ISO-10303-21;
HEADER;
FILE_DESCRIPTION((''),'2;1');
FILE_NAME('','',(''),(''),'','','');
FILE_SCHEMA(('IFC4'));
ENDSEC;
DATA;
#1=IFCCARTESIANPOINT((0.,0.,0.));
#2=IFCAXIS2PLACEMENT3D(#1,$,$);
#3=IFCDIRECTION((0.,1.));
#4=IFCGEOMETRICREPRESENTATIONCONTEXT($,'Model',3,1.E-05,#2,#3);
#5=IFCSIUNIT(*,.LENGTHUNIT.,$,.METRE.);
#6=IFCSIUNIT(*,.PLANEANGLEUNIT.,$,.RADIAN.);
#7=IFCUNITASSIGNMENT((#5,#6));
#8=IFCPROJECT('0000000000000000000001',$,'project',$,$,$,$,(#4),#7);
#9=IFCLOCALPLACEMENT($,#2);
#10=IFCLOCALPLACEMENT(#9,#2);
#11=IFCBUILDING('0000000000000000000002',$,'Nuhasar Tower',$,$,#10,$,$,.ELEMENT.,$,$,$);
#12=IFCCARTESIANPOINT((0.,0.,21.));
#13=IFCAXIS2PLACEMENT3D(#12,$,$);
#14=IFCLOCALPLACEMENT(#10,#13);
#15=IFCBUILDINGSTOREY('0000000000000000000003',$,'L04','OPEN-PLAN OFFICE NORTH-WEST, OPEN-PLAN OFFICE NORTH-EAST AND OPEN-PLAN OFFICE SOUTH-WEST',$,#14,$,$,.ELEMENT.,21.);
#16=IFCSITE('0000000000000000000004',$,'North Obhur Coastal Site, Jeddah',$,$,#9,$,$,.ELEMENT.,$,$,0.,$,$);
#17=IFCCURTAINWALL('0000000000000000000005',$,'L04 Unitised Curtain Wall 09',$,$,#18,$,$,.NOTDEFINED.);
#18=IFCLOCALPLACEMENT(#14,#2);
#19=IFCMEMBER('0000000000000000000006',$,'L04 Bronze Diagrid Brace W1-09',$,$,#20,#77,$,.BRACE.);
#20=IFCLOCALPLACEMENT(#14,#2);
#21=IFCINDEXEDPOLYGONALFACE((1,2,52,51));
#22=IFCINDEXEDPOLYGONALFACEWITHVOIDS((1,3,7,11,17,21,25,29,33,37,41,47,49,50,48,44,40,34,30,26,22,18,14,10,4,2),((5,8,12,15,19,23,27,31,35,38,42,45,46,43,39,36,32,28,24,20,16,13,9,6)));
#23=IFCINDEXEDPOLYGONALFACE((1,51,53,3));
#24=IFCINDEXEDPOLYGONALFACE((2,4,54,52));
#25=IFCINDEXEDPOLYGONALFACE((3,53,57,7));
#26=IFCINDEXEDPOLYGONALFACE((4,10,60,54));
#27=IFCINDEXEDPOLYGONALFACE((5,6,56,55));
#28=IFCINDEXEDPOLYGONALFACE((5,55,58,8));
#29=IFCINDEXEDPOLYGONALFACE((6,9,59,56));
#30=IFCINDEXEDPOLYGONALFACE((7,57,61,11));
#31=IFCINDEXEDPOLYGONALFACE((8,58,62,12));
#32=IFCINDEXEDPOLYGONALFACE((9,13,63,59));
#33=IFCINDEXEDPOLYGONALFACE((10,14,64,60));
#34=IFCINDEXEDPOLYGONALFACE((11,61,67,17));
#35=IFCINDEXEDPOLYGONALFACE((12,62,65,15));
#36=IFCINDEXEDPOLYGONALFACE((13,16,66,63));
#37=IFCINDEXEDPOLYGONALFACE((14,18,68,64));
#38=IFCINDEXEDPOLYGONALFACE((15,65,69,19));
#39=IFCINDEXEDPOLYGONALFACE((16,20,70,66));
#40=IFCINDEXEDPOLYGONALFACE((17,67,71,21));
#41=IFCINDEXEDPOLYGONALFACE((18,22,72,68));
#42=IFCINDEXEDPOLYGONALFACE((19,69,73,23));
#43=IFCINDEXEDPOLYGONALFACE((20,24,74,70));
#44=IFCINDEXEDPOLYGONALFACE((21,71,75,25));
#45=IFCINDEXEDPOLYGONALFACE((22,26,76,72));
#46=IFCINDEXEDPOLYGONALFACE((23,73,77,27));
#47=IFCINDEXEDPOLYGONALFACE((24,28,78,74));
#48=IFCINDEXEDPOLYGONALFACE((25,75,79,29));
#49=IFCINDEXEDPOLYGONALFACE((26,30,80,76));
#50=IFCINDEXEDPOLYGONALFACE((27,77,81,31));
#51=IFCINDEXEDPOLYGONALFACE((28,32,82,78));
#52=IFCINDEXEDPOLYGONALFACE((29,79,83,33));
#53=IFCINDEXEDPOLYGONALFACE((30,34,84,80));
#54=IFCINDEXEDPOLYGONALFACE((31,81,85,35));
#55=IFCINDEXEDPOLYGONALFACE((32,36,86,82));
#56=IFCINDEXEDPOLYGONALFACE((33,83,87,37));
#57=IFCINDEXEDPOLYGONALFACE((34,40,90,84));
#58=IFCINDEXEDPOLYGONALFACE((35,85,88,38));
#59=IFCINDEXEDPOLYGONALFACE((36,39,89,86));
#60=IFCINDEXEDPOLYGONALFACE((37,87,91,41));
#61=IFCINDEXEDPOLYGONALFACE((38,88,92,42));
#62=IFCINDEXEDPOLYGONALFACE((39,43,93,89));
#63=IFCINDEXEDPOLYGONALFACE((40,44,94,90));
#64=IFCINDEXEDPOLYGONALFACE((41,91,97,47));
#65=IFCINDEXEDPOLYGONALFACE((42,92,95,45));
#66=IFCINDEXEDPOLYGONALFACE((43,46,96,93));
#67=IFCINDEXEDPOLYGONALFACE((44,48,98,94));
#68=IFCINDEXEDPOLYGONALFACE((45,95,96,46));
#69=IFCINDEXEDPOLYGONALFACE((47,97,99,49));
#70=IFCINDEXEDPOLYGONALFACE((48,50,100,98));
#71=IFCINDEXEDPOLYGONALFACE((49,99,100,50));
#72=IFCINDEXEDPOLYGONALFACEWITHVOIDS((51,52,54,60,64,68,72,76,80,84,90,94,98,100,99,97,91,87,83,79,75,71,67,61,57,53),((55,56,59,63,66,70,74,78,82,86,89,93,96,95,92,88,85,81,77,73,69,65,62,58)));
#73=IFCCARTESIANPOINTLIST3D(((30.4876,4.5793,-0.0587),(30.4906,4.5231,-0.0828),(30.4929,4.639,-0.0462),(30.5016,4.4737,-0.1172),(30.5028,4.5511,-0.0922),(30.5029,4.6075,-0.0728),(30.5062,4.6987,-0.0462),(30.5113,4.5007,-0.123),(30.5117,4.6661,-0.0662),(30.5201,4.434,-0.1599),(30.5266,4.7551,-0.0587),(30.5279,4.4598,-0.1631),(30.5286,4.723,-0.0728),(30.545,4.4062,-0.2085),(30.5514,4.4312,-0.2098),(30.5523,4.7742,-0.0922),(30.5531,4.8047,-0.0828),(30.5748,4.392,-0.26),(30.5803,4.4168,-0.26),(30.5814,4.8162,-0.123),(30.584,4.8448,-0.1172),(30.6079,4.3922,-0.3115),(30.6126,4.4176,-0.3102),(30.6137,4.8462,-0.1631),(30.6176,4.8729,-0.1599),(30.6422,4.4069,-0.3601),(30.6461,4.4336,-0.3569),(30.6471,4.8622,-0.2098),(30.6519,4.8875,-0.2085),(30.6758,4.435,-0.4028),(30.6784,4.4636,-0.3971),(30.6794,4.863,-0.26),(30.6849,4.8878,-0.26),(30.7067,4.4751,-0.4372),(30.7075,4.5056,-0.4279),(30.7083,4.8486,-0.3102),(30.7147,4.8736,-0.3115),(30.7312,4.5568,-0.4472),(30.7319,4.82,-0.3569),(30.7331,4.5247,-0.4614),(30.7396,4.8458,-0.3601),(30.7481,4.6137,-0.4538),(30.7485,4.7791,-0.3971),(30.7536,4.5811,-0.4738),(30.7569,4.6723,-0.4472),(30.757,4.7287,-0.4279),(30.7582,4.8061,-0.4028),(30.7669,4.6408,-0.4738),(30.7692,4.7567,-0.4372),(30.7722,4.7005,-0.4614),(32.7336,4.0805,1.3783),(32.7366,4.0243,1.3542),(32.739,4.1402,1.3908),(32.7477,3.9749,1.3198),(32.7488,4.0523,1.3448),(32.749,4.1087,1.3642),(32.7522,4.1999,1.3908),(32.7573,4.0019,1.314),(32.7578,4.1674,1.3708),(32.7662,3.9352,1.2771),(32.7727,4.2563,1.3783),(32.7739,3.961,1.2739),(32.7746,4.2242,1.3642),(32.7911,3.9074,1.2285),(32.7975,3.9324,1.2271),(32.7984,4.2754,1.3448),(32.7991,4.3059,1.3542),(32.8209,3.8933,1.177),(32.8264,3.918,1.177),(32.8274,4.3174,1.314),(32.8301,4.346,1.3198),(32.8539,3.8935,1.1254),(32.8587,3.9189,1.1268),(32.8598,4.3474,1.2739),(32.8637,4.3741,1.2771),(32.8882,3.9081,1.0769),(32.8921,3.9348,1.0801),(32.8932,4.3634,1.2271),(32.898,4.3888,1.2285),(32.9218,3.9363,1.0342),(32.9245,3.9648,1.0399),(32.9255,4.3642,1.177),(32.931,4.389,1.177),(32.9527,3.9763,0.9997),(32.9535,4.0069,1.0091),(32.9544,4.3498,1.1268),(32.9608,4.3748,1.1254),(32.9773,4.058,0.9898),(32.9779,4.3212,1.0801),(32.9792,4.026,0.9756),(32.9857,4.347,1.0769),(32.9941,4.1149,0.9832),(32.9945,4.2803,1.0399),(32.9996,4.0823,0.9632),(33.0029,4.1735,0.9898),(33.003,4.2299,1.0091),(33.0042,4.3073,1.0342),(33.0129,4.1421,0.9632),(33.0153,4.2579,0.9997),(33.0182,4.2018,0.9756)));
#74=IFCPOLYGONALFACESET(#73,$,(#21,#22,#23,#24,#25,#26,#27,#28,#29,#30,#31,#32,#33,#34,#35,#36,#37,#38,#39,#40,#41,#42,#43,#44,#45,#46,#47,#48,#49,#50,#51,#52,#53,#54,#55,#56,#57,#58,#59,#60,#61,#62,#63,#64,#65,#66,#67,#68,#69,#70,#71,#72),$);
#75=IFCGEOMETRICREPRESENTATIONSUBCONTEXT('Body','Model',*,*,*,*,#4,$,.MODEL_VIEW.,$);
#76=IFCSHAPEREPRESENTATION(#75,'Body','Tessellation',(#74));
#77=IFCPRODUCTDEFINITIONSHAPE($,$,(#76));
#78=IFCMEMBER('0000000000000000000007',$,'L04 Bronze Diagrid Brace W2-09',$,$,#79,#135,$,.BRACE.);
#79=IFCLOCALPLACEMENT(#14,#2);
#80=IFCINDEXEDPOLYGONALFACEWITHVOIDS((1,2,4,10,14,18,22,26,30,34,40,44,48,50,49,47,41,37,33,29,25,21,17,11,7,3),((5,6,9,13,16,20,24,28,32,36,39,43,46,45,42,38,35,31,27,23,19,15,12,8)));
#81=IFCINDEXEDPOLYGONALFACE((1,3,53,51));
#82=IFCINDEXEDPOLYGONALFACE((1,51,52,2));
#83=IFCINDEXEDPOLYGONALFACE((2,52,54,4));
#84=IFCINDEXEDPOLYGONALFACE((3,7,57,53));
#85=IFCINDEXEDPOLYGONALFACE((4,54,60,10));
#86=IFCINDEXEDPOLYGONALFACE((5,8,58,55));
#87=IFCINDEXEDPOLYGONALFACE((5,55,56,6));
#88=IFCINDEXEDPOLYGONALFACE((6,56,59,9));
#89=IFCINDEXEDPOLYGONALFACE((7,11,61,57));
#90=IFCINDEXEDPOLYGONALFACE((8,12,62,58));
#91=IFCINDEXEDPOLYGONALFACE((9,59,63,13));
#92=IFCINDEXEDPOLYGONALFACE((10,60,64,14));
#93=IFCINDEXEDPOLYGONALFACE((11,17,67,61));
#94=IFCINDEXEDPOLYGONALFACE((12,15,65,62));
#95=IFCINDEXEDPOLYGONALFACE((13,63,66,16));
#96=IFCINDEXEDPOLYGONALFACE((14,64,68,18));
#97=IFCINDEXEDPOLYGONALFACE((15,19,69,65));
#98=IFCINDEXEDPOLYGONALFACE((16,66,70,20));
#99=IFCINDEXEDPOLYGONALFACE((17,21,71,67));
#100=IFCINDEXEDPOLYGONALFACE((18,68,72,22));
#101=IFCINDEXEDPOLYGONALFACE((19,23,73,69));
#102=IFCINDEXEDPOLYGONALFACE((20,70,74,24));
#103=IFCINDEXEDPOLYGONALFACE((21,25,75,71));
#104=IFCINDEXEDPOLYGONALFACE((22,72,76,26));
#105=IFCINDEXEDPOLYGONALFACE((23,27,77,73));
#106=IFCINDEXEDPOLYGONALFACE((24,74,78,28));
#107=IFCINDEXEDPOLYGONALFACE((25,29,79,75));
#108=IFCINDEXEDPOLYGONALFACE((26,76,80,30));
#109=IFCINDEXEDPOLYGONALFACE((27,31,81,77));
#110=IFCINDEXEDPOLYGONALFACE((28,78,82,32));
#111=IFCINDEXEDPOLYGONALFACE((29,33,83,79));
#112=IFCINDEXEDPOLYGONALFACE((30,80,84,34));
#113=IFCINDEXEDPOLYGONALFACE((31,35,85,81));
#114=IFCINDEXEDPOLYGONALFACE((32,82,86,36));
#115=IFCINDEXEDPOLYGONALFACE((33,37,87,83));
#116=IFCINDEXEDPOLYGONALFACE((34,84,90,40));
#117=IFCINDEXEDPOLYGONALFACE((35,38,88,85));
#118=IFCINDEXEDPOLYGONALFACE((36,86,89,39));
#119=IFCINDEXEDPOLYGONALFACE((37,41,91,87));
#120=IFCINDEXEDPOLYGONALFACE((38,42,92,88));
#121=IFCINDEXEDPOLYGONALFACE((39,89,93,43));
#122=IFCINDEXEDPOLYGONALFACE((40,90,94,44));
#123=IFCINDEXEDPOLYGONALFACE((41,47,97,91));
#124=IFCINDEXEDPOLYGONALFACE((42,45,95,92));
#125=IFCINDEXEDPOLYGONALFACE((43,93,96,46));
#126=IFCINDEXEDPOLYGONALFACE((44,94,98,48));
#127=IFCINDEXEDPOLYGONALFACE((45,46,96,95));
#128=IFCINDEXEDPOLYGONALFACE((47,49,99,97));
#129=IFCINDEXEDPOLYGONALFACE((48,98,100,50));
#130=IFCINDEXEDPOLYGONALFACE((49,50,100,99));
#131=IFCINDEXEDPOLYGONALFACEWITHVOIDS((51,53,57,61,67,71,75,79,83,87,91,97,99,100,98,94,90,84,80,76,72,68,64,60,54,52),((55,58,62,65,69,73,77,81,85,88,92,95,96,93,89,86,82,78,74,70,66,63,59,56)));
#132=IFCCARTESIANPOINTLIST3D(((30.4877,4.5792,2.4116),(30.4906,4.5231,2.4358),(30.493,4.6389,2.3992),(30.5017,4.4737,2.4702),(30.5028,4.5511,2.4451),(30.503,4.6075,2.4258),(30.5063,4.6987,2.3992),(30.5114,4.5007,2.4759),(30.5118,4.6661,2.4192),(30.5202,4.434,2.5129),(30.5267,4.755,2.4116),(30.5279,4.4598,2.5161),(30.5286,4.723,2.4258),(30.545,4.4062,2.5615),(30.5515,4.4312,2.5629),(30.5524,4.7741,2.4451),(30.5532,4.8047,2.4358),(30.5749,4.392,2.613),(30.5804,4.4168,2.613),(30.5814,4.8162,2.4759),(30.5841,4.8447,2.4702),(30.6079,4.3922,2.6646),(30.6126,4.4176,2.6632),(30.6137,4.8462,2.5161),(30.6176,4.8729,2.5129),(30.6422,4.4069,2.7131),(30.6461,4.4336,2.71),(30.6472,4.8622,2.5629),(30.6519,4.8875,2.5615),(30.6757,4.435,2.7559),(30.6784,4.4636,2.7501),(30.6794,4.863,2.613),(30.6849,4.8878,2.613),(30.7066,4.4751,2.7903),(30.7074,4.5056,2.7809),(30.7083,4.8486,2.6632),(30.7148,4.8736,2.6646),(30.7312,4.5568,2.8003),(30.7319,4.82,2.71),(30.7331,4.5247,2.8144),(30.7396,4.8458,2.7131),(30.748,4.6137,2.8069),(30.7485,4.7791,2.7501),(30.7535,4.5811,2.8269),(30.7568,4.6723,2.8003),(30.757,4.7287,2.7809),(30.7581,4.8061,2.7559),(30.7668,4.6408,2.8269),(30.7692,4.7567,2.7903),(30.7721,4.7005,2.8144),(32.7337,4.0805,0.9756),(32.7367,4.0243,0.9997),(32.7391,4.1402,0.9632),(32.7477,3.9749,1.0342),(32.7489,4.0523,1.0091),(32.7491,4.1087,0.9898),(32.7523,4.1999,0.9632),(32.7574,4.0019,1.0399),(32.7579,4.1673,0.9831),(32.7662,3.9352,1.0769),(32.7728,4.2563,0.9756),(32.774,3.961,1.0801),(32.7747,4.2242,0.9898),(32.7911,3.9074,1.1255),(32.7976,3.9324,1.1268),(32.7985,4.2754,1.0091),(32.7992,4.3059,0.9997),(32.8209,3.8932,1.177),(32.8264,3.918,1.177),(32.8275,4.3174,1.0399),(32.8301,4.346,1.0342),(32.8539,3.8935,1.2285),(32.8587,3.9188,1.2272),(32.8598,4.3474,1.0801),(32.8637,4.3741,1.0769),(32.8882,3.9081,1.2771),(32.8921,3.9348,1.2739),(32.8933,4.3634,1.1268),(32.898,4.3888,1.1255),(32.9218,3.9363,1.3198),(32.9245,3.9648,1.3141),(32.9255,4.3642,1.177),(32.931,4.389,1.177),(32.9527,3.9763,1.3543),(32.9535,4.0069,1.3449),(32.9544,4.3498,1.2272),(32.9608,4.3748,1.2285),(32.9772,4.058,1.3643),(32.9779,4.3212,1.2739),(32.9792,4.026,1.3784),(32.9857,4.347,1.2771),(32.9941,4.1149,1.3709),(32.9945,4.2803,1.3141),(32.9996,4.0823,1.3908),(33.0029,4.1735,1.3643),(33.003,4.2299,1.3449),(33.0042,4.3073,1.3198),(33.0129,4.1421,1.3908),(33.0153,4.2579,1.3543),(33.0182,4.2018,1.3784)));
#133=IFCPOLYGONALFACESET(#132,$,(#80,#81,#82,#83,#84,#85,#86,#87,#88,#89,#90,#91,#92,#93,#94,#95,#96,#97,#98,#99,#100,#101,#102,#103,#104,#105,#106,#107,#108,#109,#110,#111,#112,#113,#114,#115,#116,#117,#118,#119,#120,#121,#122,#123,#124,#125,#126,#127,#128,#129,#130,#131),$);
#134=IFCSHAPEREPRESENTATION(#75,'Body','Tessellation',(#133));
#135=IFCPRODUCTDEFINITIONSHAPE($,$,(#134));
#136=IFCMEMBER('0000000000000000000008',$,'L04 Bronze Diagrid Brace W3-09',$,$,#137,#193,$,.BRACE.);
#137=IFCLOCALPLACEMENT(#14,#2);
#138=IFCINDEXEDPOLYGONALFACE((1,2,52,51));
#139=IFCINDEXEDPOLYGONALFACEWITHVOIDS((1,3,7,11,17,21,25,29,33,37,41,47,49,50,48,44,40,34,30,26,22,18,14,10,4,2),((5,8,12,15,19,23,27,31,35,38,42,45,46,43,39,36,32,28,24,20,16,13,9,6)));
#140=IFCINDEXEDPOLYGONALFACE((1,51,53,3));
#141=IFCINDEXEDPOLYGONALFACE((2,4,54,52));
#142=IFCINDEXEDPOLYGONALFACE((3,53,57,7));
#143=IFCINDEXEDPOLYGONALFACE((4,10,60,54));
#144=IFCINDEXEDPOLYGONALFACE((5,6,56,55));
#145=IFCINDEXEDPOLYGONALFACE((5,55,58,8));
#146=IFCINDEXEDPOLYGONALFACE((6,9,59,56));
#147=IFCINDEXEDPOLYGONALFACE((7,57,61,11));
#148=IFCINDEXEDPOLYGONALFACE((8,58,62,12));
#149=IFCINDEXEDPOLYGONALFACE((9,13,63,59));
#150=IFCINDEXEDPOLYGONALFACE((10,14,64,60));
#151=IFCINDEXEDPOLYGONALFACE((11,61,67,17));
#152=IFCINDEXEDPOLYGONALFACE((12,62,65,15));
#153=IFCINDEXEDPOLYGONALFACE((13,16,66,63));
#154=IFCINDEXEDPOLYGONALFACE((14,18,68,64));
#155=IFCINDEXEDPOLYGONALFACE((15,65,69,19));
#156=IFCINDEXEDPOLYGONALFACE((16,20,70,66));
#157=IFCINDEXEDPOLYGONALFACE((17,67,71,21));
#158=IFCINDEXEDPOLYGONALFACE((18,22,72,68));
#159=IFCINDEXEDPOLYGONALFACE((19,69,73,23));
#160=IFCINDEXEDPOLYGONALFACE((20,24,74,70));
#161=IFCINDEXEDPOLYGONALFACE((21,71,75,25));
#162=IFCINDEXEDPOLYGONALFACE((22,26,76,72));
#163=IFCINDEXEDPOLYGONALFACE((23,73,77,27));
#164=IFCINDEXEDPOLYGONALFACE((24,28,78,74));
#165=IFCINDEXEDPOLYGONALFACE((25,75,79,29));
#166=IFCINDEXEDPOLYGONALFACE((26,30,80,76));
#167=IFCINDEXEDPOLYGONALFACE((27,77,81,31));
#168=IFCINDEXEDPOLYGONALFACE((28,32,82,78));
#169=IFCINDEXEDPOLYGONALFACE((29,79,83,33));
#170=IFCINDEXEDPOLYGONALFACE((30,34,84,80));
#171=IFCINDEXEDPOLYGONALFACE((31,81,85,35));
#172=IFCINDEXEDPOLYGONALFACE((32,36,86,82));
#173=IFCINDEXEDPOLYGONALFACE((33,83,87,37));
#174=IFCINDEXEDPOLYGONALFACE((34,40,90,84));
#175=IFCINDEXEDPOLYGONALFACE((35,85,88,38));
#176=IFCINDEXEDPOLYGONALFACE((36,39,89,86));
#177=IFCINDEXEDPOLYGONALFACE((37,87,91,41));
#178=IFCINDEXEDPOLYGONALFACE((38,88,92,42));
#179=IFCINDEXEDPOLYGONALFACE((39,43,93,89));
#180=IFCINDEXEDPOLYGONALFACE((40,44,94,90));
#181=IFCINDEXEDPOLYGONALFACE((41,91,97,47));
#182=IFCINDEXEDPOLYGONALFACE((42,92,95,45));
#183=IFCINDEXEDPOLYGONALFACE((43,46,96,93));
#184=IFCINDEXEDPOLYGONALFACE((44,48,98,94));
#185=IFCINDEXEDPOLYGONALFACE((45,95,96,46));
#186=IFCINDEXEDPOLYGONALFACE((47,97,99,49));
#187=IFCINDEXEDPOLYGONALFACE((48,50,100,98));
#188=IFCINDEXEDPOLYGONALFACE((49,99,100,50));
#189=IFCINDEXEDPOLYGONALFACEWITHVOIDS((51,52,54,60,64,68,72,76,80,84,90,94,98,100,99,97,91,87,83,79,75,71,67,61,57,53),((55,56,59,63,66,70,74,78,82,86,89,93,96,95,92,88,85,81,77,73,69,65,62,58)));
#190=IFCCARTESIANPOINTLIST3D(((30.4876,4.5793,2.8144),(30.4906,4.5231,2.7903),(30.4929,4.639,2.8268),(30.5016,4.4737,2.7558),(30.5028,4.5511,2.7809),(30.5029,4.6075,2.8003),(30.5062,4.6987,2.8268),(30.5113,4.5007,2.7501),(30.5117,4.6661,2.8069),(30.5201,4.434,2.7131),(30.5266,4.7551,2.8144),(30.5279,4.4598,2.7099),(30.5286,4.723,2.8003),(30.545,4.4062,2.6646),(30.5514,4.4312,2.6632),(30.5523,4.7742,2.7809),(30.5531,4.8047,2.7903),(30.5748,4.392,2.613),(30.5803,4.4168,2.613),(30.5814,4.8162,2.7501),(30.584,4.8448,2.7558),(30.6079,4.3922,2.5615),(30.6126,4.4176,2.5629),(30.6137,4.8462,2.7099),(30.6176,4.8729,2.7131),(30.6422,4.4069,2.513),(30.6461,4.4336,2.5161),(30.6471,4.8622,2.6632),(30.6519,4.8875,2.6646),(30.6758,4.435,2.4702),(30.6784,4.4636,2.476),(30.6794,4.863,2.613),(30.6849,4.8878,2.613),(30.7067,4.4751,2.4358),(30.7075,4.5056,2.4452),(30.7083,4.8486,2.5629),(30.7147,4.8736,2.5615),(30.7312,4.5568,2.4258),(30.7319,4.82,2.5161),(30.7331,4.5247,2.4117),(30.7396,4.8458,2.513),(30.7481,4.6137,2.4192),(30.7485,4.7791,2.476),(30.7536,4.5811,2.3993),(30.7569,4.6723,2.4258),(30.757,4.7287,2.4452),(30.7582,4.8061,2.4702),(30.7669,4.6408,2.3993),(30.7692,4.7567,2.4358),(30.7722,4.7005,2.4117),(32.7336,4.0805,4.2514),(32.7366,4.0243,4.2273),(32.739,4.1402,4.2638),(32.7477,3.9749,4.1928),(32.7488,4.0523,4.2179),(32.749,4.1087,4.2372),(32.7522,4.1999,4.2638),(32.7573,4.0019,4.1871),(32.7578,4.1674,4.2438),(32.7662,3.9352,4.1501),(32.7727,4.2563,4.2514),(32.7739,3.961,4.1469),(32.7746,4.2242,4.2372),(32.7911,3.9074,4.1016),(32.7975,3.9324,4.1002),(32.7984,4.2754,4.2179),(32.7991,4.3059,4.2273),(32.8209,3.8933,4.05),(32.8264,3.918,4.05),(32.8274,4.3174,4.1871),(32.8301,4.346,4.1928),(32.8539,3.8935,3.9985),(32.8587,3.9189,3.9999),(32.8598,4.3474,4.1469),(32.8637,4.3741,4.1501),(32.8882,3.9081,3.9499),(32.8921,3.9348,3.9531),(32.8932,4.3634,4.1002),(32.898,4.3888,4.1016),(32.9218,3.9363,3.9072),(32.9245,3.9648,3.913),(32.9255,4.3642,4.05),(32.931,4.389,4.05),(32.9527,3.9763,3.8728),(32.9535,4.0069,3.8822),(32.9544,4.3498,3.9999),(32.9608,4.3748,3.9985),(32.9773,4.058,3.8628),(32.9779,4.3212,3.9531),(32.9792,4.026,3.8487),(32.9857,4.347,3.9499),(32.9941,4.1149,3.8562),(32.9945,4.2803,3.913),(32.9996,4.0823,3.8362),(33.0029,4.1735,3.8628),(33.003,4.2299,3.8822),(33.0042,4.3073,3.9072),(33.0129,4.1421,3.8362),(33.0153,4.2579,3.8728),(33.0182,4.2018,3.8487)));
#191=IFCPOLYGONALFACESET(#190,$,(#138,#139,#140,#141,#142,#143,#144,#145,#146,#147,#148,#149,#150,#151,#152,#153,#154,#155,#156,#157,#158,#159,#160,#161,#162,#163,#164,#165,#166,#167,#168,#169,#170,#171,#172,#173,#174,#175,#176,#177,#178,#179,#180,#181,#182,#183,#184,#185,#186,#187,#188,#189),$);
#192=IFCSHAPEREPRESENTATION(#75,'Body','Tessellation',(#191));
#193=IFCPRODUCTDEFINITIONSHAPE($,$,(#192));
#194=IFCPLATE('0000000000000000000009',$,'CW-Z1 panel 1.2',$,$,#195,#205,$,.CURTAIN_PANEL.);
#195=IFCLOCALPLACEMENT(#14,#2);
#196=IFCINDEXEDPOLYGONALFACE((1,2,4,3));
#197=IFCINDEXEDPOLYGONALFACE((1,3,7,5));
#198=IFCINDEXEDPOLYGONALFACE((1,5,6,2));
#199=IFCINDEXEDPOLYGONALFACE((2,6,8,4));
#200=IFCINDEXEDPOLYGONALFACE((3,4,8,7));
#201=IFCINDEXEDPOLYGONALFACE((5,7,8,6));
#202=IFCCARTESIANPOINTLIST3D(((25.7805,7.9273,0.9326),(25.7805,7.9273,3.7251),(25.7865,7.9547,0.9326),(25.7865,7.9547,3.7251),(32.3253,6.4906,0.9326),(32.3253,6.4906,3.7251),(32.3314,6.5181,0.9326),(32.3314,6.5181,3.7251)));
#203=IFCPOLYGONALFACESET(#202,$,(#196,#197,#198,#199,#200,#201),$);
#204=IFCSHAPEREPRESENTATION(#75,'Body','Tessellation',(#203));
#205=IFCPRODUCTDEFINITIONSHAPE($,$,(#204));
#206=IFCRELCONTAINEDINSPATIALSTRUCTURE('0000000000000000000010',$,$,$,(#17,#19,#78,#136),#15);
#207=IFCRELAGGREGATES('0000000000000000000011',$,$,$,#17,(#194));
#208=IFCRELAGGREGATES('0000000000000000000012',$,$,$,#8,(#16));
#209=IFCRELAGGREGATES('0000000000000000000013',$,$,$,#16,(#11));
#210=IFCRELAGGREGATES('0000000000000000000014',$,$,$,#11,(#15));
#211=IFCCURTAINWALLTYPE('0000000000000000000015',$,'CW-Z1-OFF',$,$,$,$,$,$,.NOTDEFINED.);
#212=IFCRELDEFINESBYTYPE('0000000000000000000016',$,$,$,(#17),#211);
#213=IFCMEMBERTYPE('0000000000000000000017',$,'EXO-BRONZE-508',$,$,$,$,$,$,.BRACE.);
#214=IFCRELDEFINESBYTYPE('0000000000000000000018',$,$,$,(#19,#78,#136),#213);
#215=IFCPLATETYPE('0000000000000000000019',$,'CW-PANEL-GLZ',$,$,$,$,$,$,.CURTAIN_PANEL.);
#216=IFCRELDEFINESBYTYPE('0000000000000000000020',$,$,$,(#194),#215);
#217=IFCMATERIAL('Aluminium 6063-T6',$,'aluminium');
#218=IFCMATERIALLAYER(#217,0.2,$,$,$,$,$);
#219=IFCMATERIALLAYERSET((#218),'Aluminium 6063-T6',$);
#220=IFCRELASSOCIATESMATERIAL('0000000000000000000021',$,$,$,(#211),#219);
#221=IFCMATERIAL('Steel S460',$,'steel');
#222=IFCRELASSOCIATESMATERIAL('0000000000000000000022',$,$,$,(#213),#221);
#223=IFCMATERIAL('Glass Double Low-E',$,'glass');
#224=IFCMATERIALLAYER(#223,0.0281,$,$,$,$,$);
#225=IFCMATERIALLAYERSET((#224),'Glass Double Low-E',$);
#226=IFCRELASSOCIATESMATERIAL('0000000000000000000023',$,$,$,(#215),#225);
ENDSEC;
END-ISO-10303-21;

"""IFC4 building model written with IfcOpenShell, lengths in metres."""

from ifc_helpers import new_model, si_unit, direction, frame, origin, origin_2d, place, context, subcontext, project, spatial, rectangle, hollow_circle, extrude, material, layer, layer_set, material_profile, profile_set, type_object, element, aggregate, save


model = new_model("IFC4")

# Units and contexts
model_context = context("Model", 3, precision=1e-05, world=origin(), true_north=direction((0.0, 1.0)))
body_context = subcontext(model_context, "Body", "Model", "MODEL_VIEW")
ifc_project = project(units=[si_unit("LENGTHUNIT", "METRE"), si_unit("PLANEANGLEUNIT", "RADIAN")], contexts=[model_context])

# Site, building, storey
site_placement = place(None, origin())
site = spatial("IfcSite", under=ifc_project, at=site_placement, Name="North Obhur Coastal Site, Jeddah", CompositionType="ELEMENT", RefElevation=0.0)
building_placement = place(site_placement, origin())
building = spatial("IfcBuilding", under=site, at=building_placement, Name="Nuhasar Tower", CompositionType="ELEMENT")
storey_placement = place(building_placement, frame((0.0, 0.0, 21.0)))
storey = spatial("IfcBuildingStorey", under=building, at=storey_placement, Name="L04", Description="OPEN-PLAN OFFICE NORTH-WEST, OPEN-PLAN OFFICE NORTH-EAST AND OPEN-PLAN OFFICE SOUTH-WEST", CompositionType="ELEMENT", Elevation=21.0)

# Shared definitions
ifc_material_1 = material(Name="Steel S460", Category="steel")

# Curtain wall
ifc_material_2 = material(Name="Aluminium 6063-T6", Category="aluminium")
ifc_layer_1 = layer(ifc_material_2, 0.2)
ifc_layer_set_1 = layer_set([ifc_layer_1], Name="Aluminium 6063-T6")
curtain_wall_type = type_object("IfcCurtainWallType", Name="CW-Z1-OFF", PredefinedType="NOTDEFINED", material=ifc_layer_set_1)
curtain_wall_placement = place(storey_placement, origin())
curtain_wall = element("IfcCurtainWall", 1, at=curtain_wall_placement, inside=storey, type_object=curtain_wall_type, Name="L04 Unitised Curtain Wall 09", PredefinedType="NOTDEFINED")

# Members
ifc_material_profile_1 = material_profile(ifc_material_1, hollow_circle(Radius=0.2539, WallThickness=0.0254, at=origin_2d()), Name="HSS508X25.4")
ifc_profile_set_1 = profile_set([ifc_material_profile_1], Name="Steel S460")
member_type_1 = type_object("IfcMemberType", Name="EXO-BRONZE-508", PredefinedType="BRACE", material=ifc_profile_set_1)
member_1_placement = place(storey_placement, frame((30.6299, 4.6399, -0.26), z_axis=(0.827993, -0.183868, 0.529736), x_axis=(0.216784, 0.97622, 0.0)))
element("IfcMember", 2, at=member_1_placement, inside=storey, type_object=member_type_1, Name="L04 Bronze Diagrid Brace W1-09", PredefinedType="BRACE", context=body_context, shape_type="SweptSolid", body=[
    extrude(hollow_circle(Radius=0.2539, WallThickness=0.0254, at=origin_2d()), origin(), (0.0, 0.0, 1.0), 2.7126),
])
member_2_placement = place(storey_placement, frame((32.876, 4.1411, 1.177), z_axis=(-0.828151, 0.183904, 0.529477), x_axis=(-0.216784, -0.97622, 0.0)))
element("IfcMember", 3, at=member_2_placement, inside=storey, type_object=member_type_1, Name="L04 Bronze Diagrid Brace W2-09", PredefinedType="BRACE", context=body_context, shape_type="SweptSolid", body=[
    extrude(hollow_circle(Radius=0.2539, WallThickness=0.0254, at=origin_2d()), origin(), (0.0, 0.0, 1.0), 2.7122),
])
member_3_placement = place(storey_placement, frame((30.6299, 4.6399, 2.613), z_axis=(0.827993, -0.183868, 0.529736), x_axis=(0.216784, 0.97622, 0.0)))
element("IfcMember", 4, at=member_3_placement, inside=storey, type_object=member_type_1, Name="L04 Bronze Diagrid Brace W3-09", PredefinedType="BRACE", context=body_context, shape_type="SweptSolid", body=[
    extrude(hollow_circle(Radius=0.2539, WallThickness=0.0254, at=origin_2d()), origin(), (0.0, 0.0, 1.0), 2.7126),
])

# Plate
ifc_material_3 = material(Name="Glass Double Low-E", Category="glass")
ifc_layer_2 = layer(ifc_material_3, 0.0281)
ifc_layer_set_2 = layer_set([ifc_layer_2], Name="Glass Double Low-E")
plate_type_1 = type_object("IfcPlateType", Name="CW-PANEL-GLZ", PredefinedType="CURTAIN_PANEL", material=ifc_layer_set_2)
plate_1_placement = place(storey_placement, frame((29.0559, 7.2227, 0.9326), z_axis=(0.0, 0.0, 1.0), x_axis=(0.976746, -0.214399, 0.0)))
plate_1 = element("IfcPlate", 5, at=plate_1_placement, type_object=plate_type_1, Name="CW-Z1 panel 1.2", PredefinedType="CURTAIN_PANEL", context=body_context, shape_type="SweptSolid", body=[
    extrude(rectangle(XDim=6.7007, YDim=0.0281, at=origin_2d()), origin(), (0.0, 0.0, 1.0), 2.7925),
])
aggregate(curtain_wall, [plate_1])

save(model, "model.ifc")
